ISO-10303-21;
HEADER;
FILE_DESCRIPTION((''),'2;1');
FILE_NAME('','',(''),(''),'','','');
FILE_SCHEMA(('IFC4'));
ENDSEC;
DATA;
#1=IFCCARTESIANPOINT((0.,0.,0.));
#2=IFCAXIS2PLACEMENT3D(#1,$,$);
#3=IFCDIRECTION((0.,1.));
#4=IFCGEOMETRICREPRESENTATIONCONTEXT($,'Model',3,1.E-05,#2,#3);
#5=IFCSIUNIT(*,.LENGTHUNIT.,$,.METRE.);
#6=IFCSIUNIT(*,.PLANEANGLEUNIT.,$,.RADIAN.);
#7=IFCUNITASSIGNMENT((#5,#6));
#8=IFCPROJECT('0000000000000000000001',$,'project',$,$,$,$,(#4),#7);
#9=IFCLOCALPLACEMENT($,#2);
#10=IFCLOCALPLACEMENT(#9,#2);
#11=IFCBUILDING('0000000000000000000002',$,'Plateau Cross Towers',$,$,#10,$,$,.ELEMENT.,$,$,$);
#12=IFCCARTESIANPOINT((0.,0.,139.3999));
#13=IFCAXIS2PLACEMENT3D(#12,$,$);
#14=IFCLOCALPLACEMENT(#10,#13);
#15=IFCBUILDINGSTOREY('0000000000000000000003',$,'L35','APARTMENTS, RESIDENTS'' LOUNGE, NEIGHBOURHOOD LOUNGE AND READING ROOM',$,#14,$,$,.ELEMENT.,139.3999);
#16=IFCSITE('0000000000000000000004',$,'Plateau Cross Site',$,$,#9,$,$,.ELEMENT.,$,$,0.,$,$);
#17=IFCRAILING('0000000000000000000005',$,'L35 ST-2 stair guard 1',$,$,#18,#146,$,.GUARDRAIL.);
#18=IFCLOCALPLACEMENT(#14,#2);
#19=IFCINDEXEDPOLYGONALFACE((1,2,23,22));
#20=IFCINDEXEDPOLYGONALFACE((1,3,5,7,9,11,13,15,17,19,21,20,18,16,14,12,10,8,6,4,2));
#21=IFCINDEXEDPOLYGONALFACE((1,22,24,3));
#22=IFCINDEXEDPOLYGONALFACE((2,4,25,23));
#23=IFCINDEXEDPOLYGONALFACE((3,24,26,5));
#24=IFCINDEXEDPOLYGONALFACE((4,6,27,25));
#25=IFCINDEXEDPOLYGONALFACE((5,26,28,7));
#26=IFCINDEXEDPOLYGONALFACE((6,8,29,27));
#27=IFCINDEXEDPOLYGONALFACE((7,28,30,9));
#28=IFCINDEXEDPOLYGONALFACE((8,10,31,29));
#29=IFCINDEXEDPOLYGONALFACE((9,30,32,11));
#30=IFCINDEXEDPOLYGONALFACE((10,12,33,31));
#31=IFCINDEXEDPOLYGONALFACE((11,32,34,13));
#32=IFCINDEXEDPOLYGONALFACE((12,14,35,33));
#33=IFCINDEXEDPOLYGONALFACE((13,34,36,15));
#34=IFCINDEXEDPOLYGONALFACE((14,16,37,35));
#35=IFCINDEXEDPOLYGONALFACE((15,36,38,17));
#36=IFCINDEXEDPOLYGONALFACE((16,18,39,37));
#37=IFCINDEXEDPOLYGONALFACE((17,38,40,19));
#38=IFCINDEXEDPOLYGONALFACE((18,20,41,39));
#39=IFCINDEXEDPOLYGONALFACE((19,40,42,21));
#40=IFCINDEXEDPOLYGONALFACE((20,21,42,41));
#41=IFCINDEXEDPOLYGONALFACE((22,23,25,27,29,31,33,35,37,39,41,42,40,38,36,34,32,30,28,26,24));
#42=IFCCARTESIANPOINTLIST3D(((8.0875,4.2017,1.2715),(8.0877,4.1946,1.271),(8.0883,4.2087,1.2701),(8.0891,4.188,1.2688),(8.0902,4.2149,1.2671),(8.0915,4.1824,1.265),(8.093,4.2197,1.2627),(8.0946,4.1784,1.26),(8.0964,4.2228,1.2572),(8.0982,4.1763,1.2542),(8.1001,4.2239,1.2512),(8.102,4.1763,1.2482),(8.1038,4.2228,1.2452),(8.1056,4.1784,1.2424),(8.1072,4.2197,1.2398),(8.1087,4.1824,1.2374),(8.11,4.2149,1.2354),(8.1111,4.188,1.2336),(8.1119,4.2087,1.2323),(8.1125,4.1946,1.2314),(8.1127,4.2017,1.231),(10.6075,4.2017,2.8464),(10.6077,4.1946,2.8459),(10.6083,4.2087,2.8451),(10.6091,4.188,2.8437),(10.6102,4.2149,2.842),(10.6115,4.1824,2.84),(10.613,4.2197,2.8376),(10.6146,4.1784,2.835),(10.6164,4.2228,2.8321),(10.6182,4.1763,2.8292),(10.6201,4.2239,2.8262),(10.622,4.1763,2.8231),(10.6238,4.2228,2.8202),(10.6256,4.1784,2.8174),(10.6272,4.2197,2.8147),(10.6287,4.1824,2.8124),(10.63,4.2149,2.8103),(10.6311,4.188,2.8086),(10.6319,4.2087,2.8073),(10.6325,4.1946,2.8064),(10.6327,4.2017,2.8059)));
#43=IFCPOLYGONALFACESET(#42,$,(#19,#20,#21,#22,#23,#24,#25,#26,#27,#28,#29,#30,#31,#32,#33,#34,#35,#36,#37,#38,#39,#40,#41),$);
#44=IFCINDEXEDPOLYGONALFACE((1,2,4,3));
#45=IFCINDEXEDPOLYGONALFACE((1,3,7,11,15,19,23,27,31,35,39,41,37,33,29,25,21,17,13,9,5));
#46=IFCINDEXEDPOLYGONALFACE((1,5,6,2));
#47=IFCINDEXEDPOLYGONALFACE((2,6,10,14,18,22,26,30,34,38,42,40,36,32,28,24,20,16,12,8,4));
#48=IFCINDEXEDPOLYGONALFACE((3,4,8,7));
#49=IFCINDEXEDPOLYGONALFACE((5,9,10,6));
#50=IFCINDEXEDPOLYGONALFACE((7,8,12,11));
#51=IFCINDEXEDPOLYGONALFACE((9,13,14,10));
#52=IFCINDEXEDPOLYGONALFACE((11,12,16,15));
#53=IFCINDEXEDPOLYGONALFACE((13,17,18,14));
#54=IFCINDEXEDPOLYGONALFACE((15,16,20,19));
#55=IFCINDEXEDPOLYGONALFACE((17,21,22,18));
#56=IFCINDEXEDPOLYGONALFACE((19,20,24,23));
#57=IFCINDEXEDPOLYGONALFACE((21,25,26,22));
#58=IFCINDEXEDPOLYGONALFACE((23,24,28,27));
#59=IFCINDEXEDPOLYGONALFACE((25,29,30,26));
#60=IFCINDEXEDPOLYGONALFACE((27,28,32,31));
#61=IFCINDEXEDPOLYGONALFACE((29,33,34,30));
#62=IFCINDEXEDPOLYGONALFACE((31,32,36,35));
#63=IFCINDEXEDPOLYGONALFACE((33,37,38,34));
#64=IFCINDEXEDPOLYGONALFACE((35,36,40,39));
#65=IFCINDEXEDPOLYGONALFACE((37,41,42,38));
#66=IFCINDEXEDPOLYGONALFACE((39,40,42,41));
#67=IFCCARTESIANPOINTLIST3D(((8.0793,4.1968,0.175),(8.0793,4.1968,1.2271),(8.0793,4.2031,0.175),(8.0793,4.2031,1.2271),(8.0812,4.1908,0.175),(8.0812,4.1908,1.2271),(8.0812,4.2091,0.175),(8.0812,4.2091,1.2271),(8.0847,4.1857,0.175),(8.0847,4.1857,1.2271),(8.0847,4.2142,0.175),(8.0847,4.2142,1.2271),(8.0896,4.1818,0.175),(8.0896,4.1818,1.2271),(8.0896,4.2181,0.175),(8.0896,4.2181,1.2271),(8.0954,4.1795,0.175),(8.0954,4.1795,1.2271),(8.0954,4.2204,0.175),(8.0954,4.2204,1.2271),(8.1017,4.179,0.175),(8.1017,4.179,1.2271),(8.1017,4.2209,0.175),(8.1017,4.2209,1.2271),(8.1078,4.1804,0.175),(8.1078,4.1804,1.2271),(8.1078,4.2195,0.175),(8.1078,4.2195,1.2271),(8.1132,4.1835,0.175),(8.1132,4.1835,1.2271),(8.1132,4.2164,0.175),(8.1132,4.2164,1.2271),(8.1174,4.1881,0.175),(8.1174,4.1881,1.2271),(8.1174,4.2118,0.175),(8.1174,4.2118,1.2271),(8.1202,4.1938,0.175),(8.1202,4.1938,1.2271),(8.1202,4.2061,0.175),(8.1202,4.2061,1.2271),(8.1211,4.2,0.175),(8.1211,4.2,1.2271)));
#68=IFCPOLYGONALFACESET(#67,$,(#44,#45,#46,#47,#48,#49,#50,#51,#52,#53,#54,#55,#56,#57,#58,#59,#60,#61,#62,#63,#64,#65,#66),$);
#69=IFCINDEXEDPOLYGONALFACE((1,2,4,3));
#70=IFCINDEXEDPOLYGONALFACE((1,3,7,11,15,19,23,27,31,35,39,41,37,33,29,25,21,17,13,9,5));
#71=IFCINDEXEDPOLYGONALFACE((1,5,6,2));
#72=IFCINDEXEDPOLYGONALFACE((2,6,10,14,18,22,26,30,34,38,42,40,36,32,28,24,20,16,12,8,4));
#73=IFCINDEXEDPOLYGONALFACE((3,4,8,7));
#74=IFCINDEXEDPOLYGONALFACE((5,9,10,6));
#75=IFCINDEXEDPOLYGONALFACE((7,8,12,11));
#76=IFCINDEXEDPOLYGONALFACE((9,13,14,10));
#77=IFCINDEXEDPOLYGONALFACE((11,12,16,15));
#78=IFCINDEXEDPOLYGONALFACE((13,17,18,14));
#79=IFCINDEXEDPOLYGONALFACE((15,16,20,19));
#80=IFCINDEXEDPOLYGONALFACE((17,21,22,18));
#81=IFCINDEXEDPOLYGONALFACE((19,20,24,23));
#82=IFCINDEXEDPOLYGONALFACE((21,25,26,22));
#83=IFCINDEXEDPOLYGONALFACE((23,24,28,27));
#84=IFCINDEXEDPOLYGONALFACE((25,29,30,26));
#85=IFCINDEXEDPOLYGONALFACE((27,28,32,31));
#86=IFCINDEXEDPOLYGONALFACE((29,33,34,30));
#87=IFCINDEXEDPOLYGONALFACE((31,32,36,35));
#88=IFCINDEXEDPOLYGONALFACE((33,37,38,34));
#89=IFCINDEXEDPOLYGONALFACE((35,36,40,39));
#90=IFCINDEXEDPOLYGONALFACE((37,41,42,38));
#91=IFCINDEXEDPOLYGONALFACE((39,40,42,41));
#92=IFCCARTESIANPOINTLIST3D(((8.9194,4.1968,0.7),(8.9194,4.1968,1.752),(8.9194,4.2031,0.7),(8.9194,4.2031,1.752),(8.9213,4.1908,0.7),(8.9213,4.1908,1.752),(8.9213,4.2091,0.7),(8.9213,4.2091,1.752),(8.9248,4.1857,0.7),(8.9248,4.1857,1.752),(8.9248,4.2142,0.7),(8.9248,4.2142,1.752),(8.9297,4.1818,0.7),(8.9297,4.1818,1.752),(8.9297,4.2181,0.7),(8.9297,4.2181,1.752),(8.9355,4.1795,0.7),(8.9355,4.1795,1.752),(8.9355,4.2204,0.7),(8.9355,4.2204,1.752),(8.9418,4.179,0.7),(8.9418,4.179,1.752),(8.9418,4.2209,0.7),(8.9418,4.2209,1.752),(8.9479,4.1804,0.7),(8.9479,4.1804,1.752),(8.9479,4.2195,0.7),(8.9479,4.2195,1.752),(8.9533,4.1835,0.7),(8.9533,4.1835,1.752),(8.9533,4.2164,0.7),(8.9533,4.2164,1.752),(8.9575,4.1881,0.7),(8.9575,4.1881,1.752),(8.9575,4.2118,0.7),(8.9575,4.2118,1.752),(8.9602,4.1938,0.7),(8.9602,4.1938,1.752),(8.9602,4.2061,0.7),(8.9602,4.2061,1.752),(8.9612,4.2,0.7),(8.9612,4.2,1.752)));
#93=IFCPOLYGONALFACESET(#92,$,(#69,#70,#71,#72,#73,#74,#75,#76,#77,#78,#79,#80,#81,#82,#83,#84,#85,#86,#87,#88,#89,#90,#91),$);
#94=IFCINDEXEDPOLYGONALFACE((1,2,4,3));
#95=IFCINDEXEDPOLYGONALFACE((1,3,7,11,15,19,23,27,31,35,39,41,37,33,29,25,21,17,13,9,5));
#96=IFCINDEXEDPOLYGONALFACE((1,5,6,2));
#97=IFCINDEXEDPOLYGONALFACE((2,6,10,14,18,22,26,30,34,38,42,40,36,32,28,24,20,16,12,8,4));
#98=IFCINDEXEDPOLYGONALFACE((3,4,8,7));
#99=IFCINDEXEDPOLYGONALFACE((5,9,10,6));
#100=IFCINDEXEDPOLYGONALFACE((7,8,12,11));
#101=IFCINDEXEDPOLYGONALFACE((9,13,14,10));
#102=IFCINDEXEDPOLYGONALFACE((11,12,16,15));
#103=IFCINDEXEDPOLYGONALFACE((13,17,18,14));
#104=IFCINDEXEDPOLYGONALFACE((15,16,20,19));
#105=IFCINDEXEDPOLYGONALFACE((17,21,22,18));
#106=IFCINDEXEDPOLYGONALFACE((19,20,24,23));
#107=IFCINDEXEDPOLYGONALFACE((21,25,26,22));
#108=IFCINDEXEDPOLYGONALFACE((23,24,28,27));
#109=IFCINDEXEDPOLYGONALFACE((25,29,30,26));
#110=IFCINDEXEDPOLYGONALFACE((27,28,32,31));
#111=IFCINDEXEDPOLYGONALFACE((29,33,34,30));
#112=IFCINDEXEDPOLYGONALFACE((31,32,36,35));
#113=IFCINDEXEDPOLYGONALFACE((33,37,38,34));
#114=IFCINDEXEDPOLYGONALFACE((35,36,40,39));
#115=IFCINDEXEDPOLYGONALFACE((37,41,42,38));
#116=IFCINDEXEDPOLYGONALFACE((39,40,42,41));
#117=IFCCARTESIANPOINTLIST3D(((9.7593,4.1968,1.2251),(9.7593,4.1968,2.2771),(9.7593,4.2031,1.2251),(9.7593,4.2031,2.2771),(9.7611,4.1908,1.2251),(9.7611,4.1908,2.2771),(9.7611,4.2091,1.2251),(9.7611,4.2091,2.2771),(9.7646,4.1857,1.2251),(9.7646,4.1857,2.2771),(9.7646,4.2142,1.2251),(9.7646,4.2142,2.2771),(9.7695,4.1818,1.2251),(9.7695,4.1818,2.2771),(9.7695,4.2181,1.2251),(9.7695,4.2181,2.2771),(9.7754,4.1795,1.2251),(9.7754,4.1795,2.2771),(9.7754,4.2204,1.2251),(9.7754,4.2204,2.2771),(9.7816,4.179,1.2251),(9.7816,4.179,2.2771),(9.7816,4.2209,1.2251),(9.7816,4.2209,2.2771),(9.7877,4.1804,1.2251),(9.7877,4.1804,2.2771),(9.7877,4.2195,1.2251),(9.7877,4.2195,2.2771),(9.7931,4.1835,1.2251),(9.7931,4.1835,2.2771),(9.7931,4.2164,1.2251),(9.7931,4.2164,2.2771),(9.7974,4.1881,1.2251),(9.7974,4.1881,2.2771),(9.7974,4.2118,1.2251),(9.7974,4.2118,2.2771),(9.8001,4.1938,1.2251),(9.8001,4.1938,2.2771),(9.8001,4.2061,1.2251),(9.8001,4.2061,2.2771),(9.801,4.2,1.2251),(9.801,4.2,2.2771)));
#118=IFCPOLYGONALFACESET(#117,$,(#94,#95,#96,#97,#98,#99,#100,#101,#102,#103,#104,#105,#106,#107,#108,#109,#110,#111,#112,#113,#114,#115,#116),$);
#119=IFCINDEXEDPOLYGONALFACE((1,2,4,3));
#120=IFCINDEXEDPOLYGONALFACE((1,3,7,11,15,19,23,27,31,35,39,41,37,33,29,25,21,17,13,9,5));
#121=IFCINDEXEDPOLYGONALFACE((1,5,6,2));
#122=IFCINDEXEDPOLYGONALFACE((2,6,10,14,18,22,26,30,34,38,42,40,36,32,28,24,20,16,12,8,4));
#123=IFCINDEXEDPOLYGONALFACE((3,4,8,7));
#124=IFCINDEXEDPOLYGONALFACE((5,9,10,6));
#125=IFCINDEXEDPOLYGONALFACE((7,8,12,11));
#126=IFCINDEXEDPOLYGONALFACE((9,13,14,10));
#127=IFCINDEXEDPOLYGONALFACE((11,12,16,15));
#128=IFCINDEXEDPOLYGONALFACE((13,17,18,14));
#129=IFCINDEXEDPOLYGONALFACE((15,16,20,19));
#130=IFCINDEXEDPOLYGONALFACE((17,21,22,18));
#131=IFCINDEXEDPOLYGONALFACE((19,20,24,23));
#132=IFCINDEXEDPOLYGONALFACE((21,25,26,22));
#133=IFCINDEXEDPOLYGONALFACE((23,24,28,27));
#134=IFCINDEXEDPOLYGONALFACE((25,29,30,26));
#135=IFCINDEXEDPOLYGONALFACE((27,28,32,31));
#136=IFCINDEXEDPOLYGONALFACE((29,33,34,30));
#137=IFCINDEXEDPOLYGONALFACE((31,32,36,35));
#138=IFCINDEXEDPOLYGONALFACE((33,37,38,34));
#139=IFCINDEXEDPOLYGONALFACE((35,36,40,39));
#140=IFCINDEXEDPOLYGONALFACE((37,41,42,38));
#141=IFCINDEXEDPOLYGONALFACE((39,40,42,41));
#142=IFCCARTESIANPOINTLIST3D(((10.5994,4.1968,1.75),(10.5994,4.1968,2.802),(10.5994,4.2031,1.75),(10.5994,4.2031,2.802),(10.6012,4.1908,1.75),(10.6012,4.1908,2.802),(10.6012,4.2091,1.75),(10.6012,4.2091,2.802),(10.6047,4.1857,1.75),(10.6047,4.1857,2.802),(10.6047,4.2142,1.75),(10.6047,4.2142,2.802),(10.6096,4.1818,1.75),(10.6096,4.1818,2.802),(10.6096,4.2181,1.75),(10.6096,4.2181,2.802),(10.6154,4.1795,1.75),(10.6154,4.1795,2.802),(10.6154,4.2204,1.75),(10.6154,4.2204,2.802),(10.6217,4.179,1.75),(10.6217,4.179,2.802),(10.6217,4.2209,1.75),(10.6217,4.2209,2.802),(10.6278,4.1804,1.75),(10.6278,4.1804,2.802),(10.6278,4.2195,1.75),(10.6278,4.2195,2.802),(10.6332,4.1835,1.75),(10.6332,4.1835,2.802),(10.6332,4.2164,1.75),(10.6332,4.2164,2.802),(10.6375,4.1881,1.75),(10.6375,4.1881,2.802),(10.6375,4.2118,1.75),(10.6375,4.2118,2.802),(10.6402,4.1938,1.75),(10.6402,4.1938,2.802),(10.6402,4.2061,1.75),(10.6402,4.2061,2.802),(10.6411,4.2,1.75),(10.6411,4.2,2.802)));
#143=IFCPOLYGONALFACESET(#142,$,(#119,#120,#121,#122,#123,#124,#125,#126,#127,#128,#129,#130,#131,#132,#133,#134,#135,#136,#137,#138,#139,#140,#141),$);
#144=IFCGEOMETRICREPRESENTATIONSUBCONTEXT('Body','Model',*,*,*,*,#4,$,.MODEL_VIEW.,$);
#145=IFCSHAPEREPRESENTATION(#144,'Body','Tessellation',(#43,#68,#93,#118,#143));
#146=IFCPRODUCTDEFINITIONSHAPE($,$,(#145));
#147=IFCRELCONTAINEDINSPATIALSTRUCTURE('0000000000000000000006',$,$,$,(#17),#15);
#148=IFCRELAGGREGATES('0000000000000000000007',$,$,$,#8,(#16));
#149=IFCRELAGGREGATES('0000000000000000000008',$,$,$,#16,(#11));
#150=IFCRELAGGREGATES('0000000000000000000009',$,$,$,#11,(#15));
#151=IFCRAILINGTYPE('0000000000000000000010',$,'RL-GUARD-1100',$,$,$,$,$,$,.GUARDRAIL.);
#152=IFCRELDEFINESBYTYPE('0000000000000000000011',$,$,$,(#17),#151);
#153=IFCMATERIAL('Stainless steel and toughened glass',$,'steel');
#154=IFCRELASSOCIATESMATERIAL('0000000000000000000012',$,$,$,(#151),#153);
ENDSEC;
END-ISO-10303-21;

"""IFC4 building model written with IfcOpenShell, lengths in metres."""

from ifc_helpers import new_model, si_unit, direction, frame, origin, origin_2d, place, context, subcontext, project, spatial, circle, extrude, material, type_object, element, save


model = new_model("IFC4")

# Units and contexts
model_context = context("Model", 3, precision=1e-05, world=origin(), true_north=direction((0.0, 1.0)))
body_context = subcontext(model_context, "Body", "Model", "MODEL_VIEW")
ifc_project = project(units=[si_unit("LENGTHUNIT", "METRE"), si_unit("PLANEANGLEUNIT", "RADIAN")], contexts=[model_context])

# Site, building, storey
site_placement = place(None, origin())
site = spatial("IfcSite", under=ifc_project, at=site_placement, Name="Plateau Cross Site", CompositionType="ELEMENT", RefElevation=0.0)
building_placement = place(site_placement, origin())
building = spatial("IfcBuilding", under=site, at=building_placement, Name="Plateau Cross Towers", CompositionType="ELEMENT")
storey_placement = place(building_placement, frame((0.0, 0.0, 139.3999)))
storey = spatial("IfcBuildingStorey", under=building, at=storey_placement, Name="L35", Description="APARTMENTS, RESIDENTS' LOUNGE, NEIGHBOURHOOD LOUNGE AND READING ROOM", CompositionType="ELEMENT", Elevation=139.3999)

# Railing
ifc_material_1 = material(Name="Stainless steel and toughened glass", Category="steel")
railing_type_1 = type_object("IfcRailingType", Name="RL-GUARD-1100", PredefinedType="GUARDRAIL", material=ifc_material_1)
railing_1_placement = place(storey_placement, frame((8.1001, 4.2, 0.175)))
element("IfcRailing", 1, at=railing_1_placement, inside=storey, type_object=railing_type_1, Name="L35 ST-2 stair guard 1", PredefinedType="GUARDRAIL", context=body_context, shape_type="SweptSolid", body=[
    extrude(circle(Radius=0.0239, at=origin_2d()), frame((0.0, 0.0, 1.0762), z_axis=(0.848008, 0.0, 0.529984), x_axis=(0.0, 1.0, 0.0)), (0.0, 0.0, 1.0), 2.9717),
    extrude(circle(Radius=0.021, at=origin_2d()), origin(), (0.0, 0.0, 1.0), 1.052),
    extrude(circle(Radius=0.021, at=origin_2d()), frame((0.8401, 0.0, 0.5249)), (0.0, 0.0, 1.0), 1.052),
    extrude(circle(Radius=0.021, at=origin_2d()), frame((1.6799, 0.0, 1.05)), (0.0, 0.0, 1.0), 1.052),
    extrude(circle(Radius=0.021, at=origin_2d()), frame((2.52, 0.0, 1.575)), (0.0, 0.0, 1.0), 1.052),
])

save(model, "model.ifc")
